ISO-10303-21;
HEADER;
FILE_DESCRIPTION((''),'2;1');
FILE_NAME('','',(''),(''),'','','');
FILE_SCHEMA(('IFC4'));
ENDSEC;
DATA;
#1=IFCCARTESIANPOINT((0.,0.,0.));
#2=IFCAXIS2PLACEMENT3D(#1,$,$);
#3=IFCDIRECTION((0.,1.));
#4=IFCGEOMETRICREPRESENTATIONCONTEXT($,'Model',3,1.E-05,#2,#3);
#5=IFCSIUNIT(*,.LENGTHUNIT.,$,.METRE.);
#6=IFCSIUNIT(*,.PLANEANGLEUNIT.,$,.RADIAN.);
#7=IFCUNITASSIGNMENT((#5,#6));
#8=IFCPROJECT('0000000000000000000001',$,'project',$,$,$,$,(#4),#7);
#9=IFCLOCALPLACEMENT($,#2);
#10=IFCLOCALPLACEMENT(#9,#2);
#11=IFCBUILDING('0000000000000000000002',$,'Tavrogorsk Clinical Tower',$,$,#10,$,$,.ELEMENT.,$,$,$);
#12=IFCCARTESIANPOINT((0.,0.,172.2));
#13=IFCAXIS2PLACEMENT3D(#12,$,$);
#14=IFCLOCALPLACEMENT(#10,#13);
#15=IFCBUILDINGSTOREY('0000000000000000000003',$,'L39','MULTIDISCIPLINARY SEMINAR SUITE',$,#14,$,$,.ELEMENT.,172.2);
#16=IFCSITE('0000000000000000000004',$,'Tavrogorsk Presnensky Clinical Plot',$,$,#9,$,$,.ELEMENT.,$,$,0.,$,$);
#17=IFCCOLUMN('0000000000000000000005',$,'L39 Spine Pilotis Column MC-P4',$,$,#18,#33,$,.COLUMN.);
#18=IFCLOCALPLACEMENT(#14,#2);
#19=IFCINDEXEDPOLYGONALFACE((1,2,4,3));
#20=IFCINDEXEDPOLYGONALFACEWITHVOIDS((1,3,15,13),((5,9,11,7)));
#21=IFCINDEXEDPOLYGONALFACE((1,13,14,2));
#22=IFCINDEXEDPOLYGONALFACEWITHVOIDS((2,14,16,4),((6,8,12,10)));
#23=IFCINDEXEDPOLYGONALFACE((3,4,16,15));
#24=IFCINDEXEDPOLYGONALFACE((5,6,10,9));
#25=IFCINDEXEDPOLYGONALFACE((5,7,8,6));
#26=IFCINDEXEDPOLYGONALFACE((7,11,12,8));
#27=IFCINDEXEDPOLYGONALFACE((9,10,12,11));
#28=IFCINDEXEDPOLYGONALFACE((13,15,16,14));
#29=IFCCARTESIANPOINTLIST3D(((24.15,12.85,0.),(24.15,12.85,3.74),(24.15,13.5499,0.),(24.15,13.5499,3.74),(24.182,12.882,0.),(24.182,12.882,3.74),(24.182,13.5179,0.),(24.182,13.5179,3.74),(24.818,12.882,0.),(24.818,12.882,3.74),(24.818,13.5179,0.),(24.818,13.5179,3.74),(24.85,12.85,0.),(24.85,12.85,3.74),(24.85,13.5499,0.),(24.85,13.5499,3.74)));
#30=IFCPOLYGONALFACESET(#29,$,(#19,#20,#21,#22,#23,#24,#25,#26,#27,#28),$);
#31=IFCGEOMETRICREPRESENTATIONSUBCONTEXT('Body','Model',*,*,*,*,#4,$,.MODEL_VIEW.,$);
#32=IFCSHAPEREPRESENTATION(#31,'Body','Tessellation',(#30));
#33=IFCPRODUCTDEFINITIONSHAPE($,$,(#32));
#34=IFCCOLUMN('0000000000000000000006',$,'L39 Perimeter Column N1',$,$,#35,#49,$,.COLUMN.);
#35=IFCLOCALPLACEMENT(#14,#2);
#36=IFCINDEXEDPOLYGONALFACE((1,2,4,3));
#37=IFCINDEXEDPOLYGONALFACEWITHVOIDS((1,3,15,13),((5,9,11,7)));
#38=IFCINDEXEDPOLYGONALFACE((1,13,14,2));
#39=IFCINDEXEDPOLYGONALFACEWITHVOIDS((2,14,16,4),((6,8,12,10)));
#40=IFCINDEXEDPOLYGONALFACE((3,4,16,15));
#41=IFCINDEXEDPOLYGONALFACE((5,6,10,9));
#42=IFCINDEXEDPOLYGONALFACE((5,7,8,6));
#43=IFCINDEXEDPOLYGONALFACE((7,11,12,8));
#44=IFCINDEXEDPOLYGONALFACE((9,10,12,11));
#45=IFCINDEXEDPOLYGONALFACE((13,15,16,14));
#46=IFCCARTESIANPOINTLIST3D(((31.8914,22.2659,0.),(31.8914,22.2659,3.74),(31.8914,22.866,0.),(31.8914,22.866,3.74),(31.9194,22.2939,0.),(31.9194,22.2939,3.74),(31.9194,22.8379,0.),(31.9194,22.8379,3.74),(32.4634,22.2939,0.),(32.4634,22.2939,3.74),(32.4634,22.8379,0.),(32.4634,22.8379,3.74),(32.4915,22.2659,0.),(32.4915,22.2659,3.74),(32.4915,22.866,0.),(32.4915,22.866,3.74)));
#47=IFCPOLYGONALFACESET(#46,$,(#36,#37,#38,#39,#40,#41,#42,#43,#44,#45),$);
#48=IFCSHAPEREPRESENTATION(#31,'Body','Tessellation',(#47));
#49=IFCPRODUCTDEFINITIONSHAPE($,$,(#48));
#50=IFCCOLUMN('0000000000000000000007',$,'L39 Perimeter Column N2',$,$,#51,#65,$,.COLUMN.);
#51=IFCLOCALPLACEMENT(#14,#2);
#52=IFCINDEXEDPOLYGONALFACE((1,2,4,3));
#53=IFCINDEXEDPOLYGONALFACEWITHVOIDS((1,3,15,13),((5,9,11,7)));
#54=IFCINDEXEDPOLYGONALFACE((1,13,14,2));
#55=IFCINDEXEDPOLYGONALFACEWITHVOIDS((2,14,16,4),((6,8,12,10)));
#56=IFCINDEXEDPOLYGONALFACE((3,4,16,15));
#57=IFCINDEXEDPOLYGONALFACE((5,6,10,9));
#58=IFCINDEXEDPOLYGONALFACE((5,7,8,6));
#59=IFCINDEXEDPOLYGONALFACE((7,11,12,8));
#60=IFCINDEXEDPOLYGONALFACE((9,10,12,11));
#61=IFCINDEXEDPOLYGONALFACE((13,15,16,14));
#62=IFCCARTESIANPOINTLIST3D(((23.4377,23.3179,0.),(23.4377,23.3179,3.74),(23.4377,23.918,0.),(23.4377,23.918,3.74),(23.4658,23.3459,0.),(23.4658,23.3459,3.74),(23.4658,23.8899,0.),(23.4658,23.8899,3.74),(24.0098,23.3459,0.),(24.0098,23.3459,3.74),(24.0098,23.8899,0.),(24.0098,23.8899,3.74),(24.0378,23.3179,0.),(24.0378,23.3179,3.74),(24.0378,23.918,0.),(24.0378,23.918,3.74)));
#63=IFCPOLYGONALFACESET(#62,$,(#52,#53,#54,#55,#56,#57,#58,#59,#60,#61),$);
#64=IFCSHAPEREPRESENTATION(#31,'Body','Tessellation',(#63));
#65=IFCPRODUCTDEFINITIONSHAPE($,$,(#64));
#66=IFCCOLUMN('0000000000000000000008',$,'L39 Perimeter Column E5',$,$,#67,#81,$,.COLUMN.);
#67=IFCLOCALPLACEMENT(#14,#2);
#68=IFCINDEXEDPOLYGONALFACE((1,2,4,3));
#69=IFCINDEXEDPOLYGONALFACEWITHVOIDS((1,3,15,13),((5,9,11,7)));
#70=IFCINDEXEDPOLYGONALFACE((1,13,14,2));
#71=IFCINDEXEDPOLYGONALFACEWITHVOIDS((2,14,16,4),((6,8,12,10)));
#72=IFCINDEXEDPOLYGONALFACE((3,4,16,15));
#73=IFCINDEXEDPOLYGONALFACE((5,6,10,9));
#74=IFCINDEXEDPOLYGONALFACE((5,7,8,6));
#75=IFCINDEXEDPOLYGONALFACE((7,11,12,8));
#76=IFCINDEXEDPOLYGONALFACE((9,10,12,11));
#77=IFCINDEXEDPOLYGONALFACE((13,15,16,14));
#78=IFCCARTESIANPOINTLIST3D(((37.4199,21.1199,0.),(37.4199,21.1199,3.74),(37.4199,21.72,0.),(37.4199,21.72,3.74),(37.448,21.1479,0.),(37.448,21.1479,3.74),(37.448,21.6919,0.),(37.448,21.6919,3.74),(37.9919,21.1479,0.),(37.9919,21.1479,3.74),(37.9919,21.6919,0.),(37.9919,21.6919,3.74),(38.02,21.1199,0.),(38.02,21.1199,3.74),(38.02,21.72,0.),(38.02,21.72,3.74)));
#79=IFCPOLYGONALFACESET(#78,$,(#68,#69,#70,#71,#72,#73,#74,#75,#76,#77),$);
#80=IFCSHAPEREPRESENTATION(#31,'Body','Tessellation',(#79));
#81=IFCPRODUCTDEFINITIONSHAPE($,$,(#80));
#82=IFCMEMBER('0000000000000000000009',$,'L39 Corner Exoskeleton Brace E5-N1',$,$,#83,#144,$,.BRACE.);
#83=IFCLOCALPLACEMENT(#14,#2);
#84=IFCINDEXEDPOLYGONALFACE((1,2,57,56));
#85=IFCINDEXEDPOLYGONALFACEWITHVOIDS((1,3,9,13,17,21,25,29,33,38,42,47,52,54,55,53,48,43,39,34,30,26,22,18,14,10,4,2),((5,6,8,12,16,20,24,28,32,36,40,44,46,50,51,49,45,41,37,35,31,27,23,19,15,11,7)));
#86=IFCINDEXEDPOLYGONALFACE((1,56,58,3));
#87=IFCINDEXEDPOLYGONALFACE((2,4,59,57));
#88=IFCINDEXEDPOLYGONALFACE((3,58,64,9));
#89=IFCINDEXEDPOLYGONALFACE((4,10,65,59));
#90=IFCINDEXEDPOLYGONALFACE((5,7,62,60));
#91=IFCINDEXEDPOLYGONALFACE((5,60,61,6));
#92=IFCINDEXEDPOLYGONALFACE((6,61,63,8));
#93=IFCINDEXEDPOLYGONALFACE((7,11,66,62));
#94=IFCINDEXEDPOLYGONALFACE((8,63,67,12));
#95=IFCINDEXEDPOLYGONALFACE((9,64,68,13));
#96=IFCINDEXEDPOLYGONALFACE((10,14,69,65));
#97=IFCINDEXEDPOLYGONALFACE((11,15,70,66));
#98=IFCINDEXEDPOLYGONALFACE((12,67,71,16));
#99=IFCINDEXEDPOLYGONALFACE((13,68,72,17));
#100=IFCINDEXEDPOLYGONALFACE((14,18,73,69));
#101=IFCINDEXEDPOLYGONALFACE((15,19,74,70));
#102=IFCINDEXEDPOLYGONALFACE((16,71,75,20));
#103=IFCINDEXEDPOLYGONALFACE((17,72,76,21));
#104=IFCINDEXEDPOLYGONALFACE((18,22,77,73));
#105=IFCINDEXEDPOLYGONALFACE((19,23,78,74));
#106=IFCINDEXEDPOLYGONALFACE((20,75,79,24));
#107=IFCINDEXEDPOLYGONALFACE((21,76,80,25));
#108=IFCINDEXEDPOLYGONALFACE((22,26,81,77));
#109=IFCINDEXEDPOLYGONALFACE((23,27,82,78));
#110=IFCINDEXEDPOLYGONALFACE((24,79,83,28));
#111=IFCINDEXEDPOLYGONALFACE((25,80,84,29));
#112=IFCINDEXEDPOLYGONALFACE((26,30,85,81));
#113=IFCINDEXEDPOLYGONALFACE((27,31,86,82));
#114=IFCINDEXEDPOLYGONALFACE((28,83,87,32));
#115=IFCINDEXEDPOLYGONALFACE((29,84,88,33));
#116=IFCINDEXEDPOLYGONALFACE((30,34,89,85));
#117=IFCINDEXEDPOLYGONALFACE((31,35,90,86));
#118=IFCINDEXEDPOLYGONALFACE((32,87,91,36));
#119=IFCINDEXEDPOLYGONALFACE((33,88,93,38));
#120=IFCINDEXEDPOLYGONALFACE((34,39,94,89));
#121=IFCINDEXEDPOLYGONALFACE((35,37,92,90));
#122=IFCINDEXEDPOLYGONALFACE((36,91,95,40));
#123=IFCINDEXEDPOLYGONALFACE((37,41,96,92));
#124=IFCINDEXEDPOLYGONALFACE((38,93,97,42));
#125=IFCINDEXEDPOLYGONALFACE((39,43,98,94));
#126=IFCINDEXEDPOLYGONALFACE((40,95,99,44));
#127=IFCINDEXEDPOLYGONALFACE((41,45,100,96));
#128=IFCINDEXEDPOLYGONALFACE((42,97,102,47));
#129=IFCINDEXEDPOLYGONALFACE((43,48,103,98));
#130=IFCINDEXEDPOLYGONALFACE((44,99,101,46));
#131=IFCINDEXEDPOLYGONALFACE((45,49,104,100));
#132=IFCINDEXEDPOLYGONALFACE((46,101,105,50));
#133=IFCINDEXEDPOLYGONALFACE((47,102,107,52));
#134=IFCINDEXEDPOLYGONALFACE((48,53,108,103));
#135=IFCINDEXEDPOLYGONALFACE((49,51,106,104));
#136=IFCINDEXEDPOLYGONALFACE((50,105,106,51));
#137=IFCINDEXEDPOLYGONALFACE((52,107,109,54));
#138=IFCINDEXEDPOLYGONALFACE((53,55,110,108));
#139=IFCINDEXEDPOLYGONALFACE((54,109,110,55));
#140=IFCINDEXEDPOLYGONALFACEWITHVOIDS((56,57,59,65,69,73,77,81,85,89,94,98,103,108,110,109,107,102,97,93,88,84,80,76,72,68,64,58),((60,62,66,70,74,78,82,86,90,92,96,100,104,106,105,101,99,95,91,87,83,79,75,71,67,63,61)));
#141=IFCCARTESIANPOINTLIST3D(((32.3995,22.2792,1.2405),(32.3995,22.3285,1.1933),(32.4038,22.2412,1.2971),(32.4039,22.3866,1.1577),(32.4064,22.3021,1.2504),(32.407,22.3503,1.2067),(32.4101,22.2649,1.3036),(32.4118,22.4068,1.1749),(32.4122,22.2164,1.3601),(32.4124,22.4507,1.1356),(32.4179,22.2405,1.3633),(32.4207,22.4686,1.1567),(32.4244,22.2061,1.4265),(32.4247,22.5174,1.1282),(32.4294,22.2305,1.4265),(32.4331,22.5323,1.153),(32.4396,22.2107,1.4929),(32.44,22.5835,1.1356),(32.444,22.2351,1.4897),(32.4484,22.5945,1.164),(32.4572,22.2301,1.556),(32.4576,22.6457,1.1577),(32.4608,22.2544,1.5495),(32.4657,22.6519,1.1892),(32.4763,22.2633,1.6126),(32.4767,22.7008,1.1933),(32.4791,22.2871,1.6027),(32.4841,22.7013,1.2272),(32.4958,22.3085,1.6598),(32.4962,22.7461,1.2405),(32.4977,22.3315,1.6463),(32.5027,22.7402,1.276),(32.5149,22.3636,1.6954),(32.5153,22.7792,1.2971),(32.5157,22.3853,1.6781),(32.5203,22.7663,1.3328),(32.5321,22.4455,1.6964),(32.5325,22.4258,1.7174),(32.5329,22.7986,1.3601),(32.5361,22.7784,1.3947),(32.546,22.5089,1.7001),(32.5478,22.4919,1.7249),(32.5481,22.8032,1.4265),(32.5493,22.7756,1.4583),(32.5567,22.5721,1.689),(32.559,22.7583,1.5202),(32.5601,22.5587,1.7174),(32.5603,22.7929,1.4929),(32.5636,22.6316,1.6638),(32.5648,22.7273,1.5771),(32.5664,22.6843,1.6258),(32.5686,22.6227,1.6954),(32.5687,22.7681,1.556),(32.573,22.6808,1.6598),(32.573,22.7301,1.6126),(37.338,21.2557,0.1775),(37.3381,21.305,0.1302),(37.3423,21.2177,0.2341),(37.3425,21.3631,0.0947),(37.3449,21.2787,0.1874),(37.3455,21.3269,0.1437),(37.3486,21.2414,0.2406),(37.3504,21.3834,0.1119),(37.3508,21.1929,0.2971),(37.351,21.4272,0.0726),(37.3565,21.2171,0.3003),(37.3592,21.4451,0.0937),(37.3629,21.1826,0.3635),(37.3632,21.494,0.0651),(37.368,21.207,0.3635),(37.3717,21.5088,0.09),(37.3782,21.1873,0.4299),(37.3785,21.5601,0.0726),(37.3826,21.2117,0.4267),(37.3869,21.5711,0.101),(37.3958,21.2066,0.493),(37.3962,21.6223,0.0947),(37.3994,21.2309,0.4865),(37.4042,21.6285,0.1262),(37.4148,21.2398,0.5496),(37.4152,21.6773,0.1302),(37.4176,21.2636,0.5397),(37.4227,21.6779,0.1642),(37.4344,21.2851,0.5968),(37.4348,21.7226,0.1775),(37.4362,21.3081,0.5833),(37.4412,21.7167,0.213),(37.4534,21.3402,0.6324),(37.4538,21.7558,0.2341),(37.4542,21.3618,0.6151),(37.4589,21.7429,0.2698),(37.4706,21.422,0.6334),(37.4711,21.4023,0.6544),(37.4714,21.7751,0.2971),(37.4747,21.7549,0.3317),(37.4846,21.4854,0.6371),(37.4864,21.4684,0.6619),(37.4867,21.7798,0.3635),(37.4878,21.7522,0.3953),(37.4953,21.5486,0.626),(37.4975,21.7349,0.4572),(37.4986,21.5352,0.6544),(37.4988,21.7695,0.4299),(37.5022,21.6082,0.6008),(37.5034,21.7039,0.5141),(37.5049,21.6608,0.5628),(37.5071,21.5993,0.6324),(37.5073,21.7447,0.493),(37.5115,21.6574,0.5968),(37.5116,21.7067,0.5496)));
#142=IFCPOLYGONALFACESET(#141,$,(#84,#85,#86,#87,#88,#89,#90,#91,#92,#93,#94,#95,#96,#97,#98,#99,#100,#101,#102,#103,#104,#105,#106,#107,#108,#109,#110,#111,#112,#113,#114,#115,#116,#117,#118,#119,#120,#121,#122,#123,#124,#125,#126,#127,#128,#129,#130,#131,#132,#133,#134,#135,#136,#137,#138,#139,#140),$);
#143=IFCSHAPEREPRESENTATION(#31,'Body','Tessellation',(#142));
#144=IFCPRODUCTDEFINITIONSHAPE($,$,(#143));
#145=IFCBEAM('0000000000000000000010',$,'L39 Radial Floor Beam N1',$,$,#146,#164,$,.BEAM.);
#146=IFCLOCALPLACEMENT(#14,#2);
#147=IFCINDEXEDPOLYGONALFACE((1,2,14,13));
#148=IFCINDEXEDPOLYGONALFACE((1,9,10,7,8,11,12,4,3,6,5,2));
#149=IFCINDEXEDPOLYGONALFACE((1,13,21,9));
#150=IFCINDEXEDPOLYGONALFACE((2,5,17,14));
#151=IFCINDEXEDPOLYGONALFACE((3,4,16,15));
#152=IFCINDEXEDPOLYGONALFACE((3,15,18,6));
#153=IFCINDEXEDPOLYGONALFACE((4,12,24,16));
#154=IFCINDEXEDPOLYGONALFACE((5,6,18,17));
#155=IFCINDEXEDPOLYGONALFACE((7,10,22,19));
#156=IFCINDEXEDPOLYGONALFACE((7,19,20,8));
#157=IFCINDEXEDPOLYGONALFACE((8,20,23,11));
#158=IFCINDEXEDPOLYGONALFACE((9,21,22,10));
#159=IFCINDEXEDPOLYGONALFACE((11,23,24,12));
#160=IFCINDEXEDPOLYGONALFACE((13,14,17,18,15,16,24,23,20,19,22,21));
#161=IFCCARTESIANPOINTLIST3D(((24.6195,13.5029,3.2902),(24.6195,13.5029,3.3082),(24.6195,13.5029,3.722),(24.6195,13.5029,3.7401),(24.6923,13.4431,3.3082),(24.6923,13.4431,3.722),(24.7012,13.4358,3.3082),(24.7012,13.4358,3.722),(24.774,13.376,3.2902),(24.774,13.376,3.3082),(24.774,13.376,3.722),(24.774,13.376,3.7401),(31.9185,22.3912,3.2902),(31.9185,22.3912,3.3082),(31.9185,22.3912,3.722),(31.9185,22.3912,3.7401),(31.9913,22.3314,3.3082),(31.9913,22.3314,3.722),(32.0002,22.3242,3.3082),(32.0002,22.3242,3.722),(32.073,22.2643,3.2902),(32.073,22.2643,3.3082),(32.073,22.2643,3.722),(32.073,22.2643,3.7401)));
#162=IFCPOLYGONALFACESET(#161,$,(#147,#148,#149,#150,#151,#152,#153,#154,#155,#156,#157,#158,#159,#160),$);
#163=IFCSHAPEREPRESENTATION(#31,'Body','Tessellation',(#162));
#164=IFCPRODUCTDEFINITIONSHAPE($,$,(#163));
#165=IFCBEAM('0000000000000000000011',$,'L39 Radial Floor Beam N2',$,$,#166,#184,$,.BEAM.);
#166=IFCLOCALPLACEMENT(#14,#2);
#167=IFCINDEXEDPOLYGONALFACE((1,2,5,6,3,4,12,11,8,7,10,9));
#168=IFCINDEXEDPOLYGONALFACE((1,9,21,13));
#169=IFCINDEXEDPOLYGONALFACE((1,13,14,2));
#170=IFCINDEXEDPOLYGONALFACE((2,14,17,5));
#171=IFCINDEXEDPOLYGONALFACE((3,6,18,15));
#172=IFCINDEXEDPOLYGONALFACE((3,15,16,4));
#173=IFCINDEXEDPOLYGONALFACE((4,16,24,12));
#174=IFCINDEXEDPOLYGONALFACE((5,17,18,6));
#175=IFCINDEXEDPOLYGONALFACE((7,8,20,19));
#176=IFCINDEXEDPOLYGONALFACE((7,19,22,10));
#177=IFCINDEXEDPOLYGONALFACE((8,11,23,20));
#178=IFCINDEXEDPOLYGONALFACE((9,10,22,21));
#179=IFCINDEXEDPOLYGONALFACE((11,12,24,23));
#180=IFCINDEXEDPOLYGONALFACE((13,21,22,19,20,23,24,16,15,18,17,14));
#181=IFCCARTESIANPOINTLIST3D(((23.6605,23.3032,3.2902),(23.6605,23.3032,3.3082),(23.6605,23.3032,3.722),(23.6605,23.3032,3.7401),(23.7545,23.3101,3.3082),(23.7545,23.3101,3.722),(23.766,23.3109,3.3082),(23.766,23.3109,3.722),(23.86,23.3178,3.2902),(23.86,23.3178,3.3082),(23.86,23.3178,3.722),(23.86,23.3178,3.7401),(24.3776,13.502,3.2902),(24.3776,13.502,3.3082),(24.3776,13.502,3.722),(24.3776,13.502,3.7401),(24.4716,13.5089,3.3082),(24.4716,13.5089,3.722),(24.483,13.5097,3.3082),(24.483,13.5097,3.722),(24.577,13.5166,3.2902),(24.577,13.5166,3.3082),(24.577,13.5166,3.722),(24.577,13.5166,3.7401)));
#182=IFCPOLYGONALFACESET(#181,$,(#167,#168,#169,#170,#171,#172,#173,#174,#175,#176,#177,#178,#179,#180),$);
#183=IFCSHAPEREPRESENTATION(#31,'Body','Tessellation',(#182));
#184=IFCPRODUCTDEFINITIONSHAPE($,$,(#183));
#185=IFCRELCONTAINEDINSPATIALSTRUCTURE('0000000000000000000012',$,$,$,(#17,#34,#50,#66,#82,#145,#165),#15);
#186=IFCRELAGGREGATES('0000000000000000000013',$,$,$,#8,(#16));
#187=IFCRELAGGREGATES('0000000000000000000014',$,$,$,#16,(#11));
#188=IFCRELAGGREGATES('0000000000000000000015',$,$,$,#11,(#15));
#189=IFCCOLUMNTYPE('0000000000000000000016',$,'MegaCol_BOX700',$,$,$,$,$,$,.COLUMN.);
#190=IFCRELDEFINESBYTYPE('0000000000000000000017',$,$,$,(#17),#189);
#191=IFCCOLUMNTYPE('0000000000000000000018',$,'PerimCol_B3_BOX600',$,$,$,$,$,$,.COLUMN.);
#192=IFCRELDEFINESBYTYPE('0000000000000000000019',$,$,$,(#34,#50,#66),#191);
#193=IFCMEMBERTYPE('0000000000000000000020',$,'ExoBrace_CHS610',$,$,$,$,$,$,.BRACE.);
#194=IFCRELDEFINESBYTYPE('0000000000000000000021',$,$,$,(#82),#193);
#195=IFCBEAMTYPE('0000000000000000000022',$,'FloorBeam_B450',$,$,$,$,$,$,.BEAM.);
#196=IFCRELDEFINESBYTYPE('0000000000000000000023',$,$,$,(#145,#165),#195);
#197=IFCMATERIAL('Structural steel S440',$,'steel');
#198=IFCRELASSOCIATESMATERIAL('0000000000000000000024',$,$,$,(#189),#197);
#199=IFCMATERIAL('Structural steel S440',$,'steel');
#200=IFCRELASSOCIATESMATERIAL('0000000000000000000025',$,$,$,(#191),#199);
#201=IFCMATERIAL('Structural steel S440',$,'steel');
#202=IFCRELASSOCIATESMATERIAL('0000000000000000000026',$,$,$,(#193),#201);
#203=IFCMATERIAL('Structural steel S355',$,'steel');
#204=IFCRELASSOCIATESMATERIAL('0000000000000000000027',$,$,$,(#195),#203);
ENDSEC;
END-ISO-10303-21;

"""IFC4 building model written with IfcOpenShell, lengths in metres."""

from ifc_helpers import new_model, si_unit, direction, frame, origin, origin_2d, place, context, subcontext, project, spatial, hollow_rectangle, hollow_circle, i_section, extrude, material, material_profile, profile_set, type_object, element, save


model = new_model("IFC4")

# Units and contexts
model_context = context("Model", 3, precision=1e-05, world=origin(), true_north=direction((0.0, 1.0)))
body_context = subcontext(model_context, "Body", "Model", "MODEL_VIEW")
ifc_project = project(units=[si_unit("LENGTHUNIT", "METRE"), si_unit("PLANEANGLEUNIT", "RADIAN")], contexts=[model_context])

# Site, building, storey
site_placement = place(None, origin())
site = spatial("IfcSite", under=ifc_project, at=site_placement, Name="Tavrogorsk Presnensky Clinical Plot", CompositionType="ELEMENT", RefElevation=0.0)
building_placement = place(site_placement, origin())
building = spatial("IfcBuilding", under=site, at=building_placement, Name="Tavrogorsk Clinical Tower", CompositionType="ELEMENT")
storey_placement = place(building_placement, frame((0.0, 0.0, 172.2)))
storey = spatial("IfcBuildingStorey", under=building, at=storey_placement, Name="L39", Description="MULTIDISCIPLINARY SEMINAR SUITE", CompositionType="ELEMENT", Elevation=172.2)

# Columns
ifc_material_1 = material(Name="Structural steel S440", Category="steel")
ifc_material_profile_1 = material_profile(ifc_material_1, hollow_rectangle(XDim=0.7, YDim=0.7, WallThickness=0.032, at=origin_2d()), Name="BOX-700x700x32")
ifc_profile_set_1 = profile_set([ifc_material_profile_1], Name="Structural steel S440")
column_type_1 = type_object("IfcColumnType", Name="MegaCol_BOX700", PredefinedType="COLUMN", material=ifc_profile_set_1)
column_placement = place(storey_placement, frame((24.5, 13.2, 0.0), z_axis=(0.0, 0.0, 1.0), x_axis=(1.0, 0.0, 0.0)))
element("IfcColumn", 1, at=column_placement, inside=storey, type_object=column_type_1, Name="L39 Spine Pilotis Column MC-P4", PredefinedType="COLUMN", context=body_context, shape_type="SweptSolid", body=[
    extrude(hollow_rectangle(XDim=0.7, YDim=0.7, WallThickness=0.032, at=origin_2d()), origin(), (0.0, 0.0, 1.0), 3.74),
])
ifc_material_2 = material(Name="Structural steel S440", Category="steel")
ifc_material_profile_2 = material_profile(ifc_material_2, hollow_rectangle(XDim=0.6001, YDim=0.6001, WallThickness=0.0281, at=origin_2d()), Name="BOX-600x600x28")
ifc_profile_set_2 = profile_set([ifc_material_profile_2], Name="Structural steel S440")
column_type_2 = type_object("IfcColumnType", Name="PerimCol_B3_BOX600", PredefinedType="COLUMN", material=ifc_profile_set_2)
for number, where, z_axis, x_axis, name in (
    (2, (32.1914, 22.5659, 0.0), (0.0, 0.0, 1.0), (1.0, 0.0, 0.0), "L39 Perimeter Column N1"),
    (3, (23.7378, 23.6179, 0.0), (0.0, 0.0, 1.0), (1.0, 0.0, 0.0), "L39 Perimeter Column N2"),
    (4, (37.72, 21.4199, 0.0), (0.0, 0.0, 1.0), (1.0, 0.0, 0.0), "L39 Perimeter Column E5"),
):
    element("IfcColumn", number, at=place(storey_placement, frame(where, z_axis=z_axis, x_axis=x_axis)), inside=storey, type_object=column_type_2, Name=name, PredefinedType="COLUMN", context=body_context, shape_type="SweptSolid", body=[
        extrude(hollow_rectangle(XDim=0.6001, YDim=0.6001, WallThickness=0.0281, at=origin_2d()), origin(), (0.0, 0.0, 1.0), 3.74),
    ])

# Member
ifc_material_3 = material(Name="Structural steel S440", Category="steel")
ifc_material_profile_3 = material_profile(ifc_material_3, hollow_circle(Radius=0.3049, WallThickness=0.0249, at=origin_2d()), Name="CHS-610x25")
ifc_profile_set_3 = profile_set([ifc_material_profile_3], Name="Structural steel S440")
member_type_1 = type_object("IfcMemberType", Name="ExoBrace_CHS610", PredefinedType="BRACE", material=ifc_profile_set_3)
member_1_placement = place(storey_placement, frame((37.4248, 21.4812, 0.3635), z_axis=(-0.958144, 0.198563, 0.206237), x_axis=(-0.202926, -0.979194, 0.0)))
element("IfcMember", 5, at=member_1_placement, inside=storey, type_object=member_type_1, Name="L39 Corner Exoskeleton Brace E5-N1", PredefinedType="BRACE", context=body_context, shape_type="SweptSolid", body=[
    extrude(hollow_circle(Radius=0.3049, WallThickness=0.0249, at=origin_2d()), origin(), (0.0, 0.0, 1.0), 5.1543),
])

# Beams
ifc_material_4 = material(Name="Structural steel S355", Category="steel")
ifc_material_profile_4 = material_profile(ifc_material_4, i_section(OverallWidth=0.2, OverallDepth=0.45, WebThickness=0.0115, FlangeThickness=0.0181, at=origin_2d()), Name="B-450x200x11.5x18")
ifc_profile_set_4 = profile_set([ifc_material_profile_4], Name="Structural steel S355")
beam_type_1 = type_object("IfcBeamType", Name="FloorBeam_B450", PredefinedType="BEAM", material=ifc_profile_set_4)
beam_1_placement = place(storey_placement, frame((24.6968, 13.4395, 3.5151), z_axis=(0.634629, 0.772817, 0.0), x_axis=(-0.772817, 0.634629, 0.0)))
element("IfcBeam", 6, at=beam_1_placement, inside=storey, type_object=beam_type_1, Name="L39 Radial Floor Beam N1", PredefinedType="BEAM", context=body_context, shape_type="SweptSolid", body=[
    extrude(i_section(OverallWidth=0.2, OverallDepth=0.45, WebThickness=0.0115, FlangeThickness=0.0181, at=origin_2d()), origin(), (0.0, 0.0, 1.0), 11.5012),
])
beam_2_placement = place(storey_placement, frame((24.4773, 13.5093, 3.5151), z_axis=(-0.072963, 0.997335, 0.0), x_axis=(-0.997335, -0.072963, 0.0)))
element("IfcBeam", 7, at=beam_2_placement, inside=storey, type_object=beam_type_1, Name="L39 Radial Floor Beam N2", PredefinedType="BEAM", context=body_context, shape_type="SweptSolid", body=[
    extrude(i_section(OverallWidth=0.2, OverallDepth=0.45, WebThickness=0.0115, FlangeThickness=0.0181, at=origin_2d()), origin(), (0.0, 0.0, 1.0), 9.8274),
])

save(model, "model.ifc")
